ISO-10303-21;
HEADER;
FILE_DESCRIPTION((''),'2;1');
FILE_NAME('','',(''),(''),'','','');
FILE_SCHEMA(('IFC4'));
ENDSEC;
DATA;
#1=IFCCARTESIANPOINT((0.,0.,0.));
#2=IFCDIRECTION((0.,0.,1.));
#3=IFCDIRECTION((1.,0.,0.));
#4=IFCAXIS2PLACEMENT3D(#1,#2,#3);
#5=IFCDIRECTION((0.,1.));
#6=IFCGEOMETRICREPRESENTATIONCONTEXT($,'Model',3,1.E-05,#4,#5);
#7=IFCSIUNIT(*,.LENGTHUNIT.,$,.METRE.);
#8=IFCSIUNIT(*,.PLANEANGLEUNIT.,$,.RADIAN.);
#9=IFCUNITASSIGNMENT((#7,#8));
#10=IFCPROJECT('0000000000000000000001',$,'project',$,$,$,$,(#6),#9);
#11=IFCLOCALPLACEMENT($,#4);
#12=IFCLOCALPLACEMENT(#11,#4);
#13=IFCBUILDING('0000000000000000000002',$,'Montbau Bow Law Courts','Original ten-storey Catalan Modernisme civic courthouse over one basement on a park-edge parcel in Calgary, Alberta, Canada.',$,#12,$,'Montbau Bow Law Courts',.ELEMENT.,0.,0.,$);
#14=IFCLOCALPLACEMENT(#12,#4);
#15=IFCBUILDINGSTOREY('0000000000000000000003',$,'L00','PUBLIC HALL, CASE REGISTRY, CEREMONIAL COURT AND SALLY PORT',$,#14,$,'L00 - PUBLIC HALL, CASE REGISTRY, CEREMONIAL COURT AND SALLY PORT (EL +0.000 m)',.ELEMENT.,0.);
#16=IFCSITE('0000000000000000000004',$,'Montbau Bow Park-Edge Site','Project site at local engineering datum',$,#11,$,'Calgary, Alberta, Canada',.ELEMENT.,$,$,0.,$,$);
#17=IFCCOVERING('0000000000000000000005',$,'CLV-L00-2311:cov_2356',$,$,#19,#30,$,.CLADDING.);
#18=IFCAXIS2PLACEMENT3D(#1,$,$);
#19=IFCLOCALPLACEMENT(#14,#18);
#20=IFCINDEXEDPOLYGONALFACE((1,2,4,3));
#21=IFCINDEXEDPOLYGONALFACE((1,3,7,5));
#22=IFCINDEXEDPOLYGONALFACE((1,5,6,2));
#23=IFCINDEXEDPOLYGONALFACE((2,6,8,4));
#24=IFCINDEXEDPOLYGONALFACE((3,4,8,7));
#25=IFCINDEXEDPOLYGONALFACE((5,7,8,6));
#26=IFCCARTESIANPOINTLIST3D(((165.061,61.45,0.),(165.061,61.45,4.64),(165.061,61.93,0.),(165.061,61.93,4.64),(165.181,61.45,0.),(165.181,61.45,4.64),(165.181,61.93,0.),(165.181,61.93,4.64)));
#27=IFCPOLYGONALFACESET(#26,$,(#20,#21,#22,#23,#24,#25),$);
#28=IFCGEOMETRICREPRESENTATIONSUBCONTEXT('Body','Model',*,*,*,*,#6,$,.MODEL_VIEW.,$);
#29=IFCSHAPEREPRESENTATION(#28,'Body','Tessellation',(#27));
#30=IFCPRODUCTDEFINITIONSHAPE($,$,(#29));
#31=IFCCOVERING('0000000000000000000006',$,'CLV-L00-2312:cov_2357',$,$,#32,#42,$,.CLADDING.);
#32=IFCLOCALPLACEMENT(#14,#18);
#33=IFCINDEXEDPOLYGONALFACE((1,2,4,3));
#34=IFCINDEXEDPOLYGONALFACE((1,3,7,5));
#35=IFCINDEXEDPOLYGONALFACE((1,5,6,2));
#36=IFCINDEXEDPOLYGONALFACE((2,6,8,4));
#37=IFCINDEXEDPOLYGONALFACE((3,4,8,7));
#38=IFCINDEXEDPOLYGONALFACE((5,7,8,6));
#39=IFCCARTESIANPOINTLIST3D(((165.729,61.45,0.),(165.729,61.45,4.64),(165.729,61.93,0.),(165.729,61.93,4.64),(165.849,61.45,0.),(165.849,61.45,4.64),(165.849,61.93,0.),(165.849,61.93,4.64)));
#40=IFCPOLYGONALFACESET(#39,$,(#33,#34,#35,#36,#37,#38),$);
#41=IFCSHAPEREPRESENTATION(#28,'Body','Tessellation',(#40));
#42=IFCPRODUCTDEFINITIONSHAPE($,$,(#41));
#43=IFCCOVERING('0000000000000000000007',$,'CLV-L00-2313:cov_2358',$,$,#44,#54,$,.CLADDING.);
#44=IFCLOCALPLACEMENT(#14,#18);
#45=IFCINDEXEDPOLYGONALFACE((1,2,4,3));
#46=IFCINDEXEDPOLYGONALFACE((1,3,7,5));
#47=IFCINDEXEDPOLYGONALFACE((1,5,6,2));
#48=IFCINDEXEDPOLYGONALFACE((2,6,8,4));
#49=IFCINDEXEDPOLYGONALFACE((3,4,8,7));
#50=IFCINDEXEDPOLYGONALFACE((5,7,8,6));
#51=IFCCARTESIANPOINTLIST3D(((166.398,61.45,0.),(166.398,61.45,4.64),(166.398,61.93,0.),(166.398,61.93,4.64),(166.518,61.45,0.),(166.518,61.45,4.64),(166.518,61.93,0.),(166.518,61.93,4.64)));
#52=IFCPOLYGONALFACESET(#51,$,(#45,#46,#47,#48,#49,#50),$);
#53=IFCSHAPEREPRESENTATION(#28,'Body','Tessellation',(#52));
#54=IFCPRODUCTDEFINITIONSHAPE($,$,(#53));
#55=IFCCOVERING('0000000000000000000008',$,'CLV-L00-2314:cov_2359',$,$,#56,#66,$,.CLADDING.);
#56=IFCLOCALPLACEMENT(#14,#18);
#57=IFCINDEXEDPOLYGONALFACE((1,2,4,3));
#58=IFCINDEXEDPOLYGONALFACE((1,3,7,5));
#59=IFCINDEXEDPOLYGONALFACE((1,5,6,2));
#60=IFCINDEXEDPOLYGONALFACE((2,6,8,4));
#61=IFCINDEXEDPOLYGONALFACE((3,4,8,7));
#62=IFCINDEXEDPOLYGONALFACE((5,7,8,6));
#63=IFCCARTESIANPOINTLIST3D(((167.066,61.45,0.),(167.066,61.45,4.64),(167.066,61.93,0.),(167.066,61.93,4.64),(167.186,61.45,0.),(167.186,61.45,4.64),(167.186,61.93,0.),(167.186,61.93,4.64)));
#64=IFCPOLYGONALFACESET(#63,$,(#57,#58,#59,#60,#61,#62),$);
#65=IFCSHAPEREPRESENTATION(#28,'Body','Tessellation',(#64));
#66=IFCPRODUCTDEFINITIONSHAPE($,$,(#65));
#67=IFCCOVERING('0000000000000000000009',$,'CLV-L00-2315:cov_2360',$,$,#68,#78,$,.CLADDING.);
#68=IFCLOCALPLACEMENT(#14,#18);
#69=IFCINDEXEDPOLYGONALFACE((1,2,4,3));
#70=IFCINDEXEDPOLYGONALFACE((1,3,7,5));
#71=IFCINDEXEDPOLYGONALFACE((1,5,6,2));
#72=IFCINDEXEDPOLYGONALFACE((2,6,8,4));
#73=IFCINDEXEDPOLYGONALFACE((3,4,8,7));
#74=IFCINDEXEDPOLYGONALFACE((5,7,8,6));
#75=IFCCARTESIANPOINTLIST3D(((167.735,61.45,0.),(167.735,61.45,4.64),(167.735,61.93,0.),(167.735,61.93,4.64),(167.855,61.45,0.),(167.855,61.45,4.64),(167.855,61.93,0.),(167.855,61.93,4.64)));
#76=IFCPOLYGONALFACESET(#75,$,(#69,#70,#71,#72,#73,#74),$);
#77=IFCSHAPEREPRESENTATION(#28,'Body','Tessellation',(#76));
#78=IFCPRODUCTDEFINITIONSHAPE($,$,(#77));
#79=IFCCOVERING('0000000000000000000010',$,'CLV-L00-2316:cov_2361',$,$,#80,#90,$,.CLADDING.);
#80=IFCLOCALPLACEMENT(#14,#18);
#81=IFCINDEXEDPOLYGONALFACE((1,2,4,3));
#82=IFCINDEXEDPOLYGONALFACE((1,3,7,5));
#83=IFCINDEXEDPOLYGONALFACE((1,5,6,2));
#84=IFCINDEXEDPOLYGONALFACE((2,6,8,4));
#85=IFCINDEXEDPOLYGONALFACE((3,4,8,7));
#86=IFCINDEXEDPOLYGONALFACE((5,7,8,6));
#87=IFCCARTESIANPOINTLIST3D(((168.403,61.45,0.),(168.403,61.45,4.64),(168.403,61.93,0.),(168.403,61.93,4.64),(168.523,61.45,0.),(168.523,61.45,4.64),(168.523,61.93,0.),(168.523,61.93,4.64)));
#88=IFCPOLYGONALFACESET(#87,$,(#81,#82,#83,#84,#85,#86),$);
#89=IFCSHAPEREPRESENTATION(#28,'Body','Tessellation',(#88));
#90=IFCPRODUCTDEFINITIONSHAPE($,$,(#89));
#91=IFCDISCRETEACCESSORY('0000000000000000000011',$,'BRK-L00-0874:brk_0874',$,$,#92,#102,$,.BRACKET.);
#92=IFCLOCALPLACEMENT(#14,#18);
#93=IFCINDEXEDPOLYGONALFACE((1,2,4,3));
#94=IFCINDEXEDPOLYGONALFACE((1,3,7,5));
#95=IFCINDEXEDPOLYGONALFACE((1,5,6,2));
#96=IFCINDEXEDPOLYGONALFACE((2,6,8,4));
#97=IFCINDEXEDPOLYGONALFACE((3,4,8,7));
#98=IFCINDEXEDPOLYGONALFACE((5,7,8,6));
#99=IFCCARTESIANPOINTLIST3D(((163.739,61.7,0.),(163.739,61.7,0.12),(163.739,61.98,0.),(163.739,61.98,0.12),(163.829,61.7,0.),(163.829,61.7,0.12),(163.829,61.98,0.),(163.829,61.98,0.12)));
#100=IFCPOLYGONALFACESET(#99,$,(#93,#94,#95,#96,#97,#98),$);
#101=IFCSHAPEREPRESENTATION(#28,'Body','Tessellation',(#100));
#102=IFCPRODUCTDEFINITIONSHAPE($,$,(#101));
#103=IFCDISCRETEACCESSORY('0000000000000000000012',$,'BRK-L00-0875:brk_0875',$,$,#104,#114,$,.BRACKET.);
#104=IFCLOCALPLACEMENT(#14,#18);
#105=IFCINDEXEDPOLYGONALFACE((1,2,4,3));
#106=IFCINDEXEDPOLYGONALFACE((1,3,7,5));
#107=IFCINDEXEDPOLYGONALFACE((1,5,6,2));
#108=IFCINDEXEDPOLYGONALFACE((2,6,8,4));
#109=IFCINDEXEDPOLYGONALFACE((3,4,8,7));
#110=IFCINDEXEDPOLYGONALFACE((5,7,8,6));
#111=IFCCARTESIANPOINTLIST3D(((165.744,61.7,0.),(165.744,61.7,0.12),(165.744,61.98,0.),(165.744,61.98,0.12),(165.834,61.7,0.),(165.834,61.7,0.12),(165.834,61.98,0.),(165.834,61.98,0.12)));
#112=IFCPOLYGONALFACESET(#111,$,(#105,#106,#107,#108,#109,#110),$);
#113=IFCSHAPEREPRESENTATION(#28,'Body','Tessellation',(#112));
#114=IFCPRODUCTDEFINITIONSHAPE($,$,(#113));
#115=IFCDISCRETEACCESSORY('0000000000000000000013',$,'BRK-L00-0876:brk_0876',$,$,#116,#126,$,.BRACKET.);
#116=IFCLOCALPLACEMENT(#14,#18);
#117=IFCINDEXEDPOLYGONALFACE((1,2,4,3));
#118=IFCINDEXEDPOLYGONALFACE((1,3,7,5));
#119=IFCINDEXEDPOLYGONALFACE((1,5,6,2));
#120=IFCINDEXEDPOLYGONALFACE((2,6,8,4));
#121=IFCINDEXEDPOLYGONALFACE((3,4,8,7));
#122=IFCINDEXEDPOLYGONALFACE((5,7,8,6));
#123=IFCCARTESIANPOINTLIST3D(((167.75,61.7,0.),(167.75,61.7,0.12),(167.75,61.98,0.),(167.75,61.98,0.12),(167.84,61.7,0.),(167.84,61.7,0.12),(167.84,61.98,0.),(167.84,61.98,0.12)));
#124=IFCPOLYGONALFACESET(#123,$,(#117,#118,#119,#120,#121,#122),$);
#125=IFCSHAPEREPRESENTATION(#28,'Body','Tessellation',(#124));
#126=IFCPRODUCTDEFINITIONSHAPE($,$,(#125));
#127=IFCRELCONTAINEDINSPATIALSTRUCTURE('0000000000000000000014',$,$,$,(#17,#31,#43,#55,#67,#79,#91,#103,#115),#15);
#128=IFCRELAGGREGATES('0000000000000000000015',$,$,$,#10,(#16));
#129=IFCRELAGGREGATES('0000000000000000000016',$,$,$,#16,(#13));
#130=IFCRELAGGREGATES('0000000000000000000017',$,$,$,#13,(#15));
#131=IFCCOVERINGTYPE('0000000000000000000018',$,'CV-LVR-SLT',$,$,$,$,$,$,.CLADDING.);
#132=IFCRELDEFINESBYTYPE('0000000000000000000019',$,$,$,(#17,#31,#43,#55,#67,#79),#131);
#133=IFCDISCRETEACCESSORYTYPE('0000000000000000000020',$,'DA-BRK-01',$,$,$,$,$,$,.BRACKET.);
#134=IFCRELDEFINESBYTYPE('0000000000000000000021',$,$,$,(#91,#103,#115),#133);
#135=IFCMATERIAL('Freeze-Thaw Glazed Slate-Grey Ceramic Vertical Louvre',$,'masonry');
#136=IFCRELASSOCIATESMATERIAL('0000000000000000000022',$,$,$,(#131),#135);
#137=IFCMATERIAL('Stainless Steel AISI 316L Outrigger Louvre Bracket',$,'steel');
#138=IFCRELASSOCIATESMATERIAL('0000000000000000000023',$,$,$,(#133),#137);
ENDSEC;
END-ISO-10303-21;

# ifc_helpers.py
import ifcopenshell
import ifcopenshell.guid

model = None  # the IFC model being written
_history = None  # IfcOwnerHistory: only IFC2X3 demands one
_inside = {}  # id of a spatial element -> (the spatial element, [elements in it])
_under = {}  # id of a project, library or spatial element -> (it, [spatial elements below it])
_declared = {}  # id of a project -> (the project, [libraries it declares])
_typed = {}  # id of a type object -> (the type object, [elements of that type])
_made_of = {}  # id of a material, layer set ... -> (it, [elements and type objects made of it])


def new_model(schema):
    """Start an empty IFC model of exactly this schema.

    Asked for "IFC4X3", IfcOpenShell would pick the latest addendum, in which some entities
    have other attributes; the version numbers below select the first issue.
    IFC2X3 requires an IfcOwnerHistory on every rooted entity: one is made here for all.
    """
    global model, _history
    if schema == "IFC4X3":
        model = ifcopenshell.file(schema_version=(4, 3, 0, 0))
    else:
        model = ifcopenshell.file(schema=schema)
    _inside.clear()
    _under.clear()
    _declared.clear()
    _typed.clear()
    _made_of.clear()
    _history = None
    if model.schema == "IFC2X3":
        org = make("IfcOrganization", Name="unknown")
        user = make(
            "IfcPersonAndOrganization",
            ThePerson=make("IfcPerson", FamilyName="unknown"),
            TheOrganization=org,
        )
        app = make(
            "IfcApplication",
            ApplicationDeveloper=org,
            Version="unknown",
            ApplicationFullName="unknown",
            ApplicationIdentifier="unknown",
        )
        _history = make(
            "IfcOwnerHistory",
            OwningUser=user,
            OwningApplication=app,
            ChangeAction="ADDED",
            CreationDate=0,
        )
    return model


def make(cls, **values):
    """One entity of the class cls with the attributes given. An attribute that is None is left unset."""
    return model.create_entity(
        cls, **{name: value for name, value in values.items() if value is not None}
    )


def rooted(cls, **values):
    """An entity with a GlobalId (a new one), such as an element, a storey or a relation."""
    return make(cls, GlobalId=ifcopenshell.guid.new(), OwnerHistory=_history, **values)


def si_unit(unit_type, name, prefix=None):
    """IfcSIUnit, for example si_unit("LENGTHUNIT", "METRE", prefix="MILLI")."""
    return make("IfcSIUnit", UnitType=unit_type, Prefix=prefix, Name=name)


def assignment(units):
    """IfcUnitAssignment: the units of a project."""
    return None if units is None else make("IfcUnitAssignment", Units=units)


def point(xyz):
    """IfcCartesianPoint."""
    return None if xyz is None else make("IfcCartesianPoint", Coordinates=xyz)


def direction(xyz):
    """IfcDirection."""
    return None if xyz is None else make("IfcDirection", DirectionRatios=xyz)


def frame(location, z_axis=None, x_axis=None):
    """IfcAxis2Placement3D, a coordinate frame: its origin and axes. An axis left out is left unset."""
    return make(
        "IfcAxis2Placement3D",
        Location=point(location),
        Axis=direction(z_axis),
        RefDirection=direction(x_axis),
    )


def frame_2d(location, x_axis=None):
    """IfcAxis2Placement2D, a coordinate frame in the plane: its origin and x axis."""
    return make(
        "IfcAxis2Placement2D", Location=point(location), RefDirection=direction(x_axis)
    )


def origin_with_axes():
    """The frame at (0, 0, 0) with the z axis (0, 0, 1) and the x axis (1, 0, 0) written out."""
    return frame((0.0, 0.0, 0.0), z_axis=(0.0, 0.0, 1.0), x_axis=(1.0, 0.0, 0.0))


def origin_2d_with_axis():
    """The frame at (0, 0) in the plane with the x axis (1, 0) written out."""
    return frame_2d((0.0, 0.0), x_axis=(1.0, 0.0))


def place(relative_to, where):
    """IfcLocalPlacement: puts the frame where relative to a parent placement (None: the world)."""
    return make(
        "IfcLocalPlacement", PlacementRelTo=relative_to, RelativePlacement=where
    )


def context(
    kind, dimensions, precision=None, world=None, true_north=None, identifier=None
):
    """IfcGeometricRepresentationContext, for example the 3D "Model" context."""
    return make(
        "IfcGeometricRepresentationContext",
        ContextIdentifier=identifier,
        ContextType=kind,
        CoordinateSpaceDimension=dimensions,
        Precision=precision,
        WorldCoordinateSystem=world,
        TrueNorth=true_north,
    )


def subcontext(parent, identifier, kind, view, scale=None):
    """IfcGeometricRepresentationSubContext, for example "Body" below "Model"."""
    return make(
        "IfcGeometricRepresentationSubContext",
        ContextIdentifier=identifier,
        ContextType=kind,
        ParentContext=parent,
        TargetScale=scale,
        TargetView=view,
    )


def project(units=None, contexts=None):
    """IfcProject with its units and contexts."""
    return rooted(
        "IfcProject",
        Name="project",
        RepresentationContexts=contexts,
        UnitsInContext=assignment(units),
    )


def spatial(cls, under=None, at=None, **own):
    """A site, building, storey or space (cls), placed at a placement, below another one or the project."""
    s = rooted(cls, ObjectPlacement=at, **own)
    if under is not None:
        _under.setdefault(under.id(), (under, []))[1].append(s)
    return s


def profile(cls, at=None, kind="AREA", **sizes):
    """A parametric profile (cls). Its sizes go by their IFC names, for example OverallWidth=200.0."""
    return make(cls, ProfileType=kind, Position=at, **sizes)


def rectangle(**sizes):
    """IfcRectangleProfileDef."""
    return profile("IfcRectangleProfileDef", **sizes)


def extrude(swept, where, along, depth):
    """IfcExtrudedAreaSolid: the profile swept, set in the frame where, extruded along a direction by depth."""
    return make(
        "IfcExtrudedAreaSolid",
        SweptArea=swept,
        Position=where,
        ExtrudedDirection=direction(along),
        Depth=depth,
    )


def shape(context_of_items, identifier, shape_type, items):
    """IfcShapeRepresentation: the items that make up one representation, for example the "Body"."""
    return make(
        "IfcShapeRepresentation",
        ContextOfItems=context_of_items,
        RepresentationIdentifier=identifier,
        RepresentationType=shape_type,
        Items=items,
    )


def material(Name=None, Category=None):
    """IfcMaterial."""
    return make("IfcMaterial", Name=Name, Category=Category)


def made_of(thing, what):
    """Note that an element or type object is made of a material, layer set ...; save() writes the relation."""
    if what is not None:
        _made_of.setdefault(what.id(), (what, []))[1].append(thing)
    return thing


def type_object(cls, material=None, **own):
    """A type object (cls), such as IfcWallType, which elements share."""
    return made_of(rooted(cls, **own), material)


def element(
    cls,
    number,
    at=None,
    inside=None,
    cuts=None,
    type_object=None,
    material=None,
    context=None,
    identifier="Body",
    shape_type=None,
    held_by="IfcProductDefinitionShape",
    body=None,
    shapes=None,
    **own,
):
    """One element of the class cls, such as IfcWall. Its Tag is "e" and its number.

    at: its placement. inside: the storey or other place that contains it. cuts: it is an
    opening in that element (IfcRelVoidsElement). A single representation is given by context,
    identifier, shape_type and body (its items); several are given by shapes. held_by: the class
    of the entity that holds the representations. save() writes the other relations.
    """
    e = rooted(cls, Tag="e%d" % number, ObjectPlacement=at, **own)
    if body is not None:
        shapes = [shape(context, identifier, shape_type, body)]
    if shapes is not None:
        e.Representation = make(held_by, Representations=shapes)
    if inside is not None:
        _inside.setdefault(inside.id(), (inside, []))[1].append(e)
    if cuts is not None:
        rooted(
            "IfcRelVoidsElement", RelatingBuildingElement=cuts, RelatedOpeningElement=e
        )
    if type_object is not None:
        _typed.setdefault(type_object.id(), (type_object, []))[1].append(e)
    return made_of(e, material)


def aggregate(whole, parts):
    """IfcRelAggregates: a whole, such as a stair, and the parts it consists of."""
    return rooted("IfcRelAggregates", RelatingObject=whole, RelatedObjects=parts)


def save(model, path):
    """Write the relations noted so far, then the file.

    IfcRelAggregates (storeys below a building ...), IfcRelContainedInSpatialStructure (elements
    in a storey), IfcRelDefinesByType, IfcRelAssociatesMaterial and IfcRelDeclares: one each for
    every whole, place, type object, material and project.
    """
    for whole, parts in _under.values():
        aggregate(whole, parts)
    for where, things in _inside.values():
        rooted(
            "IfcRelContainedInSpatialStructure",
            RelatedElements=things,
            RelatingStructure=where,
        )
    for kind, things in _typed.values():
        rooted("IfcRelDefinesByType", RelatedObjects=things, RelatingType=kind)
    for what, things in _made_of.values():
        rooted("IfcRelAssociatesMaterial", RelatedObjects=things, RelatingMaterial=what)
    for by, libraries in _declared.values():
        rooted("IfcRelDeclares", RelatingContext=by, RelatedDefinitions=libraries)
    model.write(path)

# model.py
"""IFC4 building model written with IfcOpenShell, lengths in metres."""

from ifc_helpers import new_model, si_unit, direction, frame, frame_2d, origin_with_axes, origin_2d_with_axis, place, context, subcontext, project, spatial, rectangle, extrude, material, type_object, element, save


model = new_model("IFC4")

# Units and contexts
model_context = context("Model", 3, precision=1e-05, world=origin_with_axes(), true_north=direction((0.0, 1.0)))
body_context = subcontext(model_context, "Body", "Model", "MODEL_VIEW")
ifc_project = project(units=[si_unit("LENGTHUNIT", "METRE"), si_unit("PLANEANGLEUNIT", "RADIAN")], contexts=[model_context])

# Site, building, storey
site_placement = place(None, origin_with_axes())
site = spatial("IfcSite", under=ifc_project, at=site_placement, Name="Montbau Bow Park-Edge Site", Description="Project site at local engineering datum", LongName="Calgary, Alberta, Canada", CompositionType="ELEMENT", RefElevation=0.0)
building_placement = place(site_placement, origin_with_axes())
building = spatial("IfcBuilding", under=site, at=building_placement, Name="Montbau Bow Law Courts", Description="Original ten-storey Catalan Modernisme civic courthouse over one basement on a park-edge parcel in Calgary, Alberta, Canada.", LongName="Montbau Bow Law Courts", CompositionType="ELEMENT", ElevationOfRefHeight=0.0, ElevationOfTerrain=0.0)
storey_placement = place(building_placement, origin_with_axes())
storey = spatial("IfcBuildingStorey", under=building, at=storey_placement, Name="L00", Description="PUBLIC HALL, CASE REGISTRY, CEREMONIAL COURT AND SALLY PORT", LongName="L00 - PUBLIC HALL, CASE REGISTRY, CEREMONIAL COURT AND SALLY PORT (EL +0.000 m)", CompositionType="ELEMENT", Elevation=0.0)

# Coverings
ifc_material_1 = material(Name="Freeze-Thaw Glazed Slate-Grey Ceramic Vertical Louvre", Category="masonry")
covering_type = type_object("IfcCoveringType", Name="CV-LVR-SLT", PredefinedType="CLADDING", material=ifc_material_1)
for number, where, z_axis, x_axis, name in (
    (1, (165.121, 61.93, 0.0), (-1.0, 0.0, 0.0), (0.0, -1.0, 0.0), "CLV-L00-2311:cov_2356"),
    (2, (165.789, 61.93, 0.0), (-1.0, 0.0, 0.0), (0.0, -1.0, 0.0), "CLV-L00-2312:cov_2357"),
    (3, (166.458, 61.93, 0.0), (-1.0, 0.0, 0.0), (0.0, -1.0, 0.0), "CLV-L00-2313:cov_2358"),
    (4, (167.126, 61.93, 0.0), (-1.0, 0.0, 0.0), (0.0, -1.0, 0.0), "CLV-L00-2314:cov_2359"),
    (5, (167.795, 61.93, 0.0), (-1.0, 0.0, 0.0), (0.0, -1.0, 0.0), "CLV-L00-2315:cov_2360"),
    (6, (168.463, 61.93, 0.0), (-1.0, 0.0, 0.0), (0.0, -1.0, 0.0), "CLV-L00-2316:cov_2361"),
):
    element("IfcCovering", number, at=place(None, frame(where, z_axis=z_axis, x_axis=x_axis)), inside=storey, type_object=covering_type, Name=name, PredefinedType="CLADDING", context=body_context, shape_type="SweptSolid", body=[
        extrude(rectangle(XDim=0.48, YDim=4.64, at=frame_2d((0.24, 2.32), x_axis=(1.0, 0.0))), frame((0.0, 0.0, -0.06), z_axis=(0.0, 0.0, 1.0), x_axis=(1.0, 0.0, 0.0)), (0.0, 0.0, 1.0), 0.12),
    ])

# Discrete accessories
ifc_material_2 = material(Name="Stainless Steel AISI 316L Outrigger Louvre Bracket", Category="steel")
discrete_accessory_type = type_object("IfcDiscreteAccessoryType", Name="DA-BRK-01", PredefinedType="BRACKET", material=ifc_material_2)
for number, where, z_axis, x_axis, name in (
    (7, (163.784, 61.84, 0.0), (0.0, 0.0, 1.0), (0.0, -1.0, 0.0), "BRK-L00-0874:brk_0874"),
    (8, (165.789, 61.84, 0.0), (0.0, 0.0, 1.0), (0.0, -1.0, 0.0), "BRK-L00-0875:brk_0875"),
    (9, (167.795, 61.84, 0.0), (0.0, 0.0, 1.0), (0.0, -1.0, 0.0), "BRK-L00-0876:brk_0876"),
):
    element("IfcDiscreteAccessory", number, at=place(None, frame(where, z_axis=z_axis, x_axis=x_axis)), inside=storey, type_object=discrete_accessory_type, Name=name, PredefinedType="BRACKET", context=body_context, shape_type="SweptSolid", body=[
        extrude(rectangle(XDim=0.28, YDim=0.09, at=origin_2d_with_axis()), origin_with_axes(), (0.0, 0.0, 1.0), 0.12),
    ])

save(model, "model.ifc")
